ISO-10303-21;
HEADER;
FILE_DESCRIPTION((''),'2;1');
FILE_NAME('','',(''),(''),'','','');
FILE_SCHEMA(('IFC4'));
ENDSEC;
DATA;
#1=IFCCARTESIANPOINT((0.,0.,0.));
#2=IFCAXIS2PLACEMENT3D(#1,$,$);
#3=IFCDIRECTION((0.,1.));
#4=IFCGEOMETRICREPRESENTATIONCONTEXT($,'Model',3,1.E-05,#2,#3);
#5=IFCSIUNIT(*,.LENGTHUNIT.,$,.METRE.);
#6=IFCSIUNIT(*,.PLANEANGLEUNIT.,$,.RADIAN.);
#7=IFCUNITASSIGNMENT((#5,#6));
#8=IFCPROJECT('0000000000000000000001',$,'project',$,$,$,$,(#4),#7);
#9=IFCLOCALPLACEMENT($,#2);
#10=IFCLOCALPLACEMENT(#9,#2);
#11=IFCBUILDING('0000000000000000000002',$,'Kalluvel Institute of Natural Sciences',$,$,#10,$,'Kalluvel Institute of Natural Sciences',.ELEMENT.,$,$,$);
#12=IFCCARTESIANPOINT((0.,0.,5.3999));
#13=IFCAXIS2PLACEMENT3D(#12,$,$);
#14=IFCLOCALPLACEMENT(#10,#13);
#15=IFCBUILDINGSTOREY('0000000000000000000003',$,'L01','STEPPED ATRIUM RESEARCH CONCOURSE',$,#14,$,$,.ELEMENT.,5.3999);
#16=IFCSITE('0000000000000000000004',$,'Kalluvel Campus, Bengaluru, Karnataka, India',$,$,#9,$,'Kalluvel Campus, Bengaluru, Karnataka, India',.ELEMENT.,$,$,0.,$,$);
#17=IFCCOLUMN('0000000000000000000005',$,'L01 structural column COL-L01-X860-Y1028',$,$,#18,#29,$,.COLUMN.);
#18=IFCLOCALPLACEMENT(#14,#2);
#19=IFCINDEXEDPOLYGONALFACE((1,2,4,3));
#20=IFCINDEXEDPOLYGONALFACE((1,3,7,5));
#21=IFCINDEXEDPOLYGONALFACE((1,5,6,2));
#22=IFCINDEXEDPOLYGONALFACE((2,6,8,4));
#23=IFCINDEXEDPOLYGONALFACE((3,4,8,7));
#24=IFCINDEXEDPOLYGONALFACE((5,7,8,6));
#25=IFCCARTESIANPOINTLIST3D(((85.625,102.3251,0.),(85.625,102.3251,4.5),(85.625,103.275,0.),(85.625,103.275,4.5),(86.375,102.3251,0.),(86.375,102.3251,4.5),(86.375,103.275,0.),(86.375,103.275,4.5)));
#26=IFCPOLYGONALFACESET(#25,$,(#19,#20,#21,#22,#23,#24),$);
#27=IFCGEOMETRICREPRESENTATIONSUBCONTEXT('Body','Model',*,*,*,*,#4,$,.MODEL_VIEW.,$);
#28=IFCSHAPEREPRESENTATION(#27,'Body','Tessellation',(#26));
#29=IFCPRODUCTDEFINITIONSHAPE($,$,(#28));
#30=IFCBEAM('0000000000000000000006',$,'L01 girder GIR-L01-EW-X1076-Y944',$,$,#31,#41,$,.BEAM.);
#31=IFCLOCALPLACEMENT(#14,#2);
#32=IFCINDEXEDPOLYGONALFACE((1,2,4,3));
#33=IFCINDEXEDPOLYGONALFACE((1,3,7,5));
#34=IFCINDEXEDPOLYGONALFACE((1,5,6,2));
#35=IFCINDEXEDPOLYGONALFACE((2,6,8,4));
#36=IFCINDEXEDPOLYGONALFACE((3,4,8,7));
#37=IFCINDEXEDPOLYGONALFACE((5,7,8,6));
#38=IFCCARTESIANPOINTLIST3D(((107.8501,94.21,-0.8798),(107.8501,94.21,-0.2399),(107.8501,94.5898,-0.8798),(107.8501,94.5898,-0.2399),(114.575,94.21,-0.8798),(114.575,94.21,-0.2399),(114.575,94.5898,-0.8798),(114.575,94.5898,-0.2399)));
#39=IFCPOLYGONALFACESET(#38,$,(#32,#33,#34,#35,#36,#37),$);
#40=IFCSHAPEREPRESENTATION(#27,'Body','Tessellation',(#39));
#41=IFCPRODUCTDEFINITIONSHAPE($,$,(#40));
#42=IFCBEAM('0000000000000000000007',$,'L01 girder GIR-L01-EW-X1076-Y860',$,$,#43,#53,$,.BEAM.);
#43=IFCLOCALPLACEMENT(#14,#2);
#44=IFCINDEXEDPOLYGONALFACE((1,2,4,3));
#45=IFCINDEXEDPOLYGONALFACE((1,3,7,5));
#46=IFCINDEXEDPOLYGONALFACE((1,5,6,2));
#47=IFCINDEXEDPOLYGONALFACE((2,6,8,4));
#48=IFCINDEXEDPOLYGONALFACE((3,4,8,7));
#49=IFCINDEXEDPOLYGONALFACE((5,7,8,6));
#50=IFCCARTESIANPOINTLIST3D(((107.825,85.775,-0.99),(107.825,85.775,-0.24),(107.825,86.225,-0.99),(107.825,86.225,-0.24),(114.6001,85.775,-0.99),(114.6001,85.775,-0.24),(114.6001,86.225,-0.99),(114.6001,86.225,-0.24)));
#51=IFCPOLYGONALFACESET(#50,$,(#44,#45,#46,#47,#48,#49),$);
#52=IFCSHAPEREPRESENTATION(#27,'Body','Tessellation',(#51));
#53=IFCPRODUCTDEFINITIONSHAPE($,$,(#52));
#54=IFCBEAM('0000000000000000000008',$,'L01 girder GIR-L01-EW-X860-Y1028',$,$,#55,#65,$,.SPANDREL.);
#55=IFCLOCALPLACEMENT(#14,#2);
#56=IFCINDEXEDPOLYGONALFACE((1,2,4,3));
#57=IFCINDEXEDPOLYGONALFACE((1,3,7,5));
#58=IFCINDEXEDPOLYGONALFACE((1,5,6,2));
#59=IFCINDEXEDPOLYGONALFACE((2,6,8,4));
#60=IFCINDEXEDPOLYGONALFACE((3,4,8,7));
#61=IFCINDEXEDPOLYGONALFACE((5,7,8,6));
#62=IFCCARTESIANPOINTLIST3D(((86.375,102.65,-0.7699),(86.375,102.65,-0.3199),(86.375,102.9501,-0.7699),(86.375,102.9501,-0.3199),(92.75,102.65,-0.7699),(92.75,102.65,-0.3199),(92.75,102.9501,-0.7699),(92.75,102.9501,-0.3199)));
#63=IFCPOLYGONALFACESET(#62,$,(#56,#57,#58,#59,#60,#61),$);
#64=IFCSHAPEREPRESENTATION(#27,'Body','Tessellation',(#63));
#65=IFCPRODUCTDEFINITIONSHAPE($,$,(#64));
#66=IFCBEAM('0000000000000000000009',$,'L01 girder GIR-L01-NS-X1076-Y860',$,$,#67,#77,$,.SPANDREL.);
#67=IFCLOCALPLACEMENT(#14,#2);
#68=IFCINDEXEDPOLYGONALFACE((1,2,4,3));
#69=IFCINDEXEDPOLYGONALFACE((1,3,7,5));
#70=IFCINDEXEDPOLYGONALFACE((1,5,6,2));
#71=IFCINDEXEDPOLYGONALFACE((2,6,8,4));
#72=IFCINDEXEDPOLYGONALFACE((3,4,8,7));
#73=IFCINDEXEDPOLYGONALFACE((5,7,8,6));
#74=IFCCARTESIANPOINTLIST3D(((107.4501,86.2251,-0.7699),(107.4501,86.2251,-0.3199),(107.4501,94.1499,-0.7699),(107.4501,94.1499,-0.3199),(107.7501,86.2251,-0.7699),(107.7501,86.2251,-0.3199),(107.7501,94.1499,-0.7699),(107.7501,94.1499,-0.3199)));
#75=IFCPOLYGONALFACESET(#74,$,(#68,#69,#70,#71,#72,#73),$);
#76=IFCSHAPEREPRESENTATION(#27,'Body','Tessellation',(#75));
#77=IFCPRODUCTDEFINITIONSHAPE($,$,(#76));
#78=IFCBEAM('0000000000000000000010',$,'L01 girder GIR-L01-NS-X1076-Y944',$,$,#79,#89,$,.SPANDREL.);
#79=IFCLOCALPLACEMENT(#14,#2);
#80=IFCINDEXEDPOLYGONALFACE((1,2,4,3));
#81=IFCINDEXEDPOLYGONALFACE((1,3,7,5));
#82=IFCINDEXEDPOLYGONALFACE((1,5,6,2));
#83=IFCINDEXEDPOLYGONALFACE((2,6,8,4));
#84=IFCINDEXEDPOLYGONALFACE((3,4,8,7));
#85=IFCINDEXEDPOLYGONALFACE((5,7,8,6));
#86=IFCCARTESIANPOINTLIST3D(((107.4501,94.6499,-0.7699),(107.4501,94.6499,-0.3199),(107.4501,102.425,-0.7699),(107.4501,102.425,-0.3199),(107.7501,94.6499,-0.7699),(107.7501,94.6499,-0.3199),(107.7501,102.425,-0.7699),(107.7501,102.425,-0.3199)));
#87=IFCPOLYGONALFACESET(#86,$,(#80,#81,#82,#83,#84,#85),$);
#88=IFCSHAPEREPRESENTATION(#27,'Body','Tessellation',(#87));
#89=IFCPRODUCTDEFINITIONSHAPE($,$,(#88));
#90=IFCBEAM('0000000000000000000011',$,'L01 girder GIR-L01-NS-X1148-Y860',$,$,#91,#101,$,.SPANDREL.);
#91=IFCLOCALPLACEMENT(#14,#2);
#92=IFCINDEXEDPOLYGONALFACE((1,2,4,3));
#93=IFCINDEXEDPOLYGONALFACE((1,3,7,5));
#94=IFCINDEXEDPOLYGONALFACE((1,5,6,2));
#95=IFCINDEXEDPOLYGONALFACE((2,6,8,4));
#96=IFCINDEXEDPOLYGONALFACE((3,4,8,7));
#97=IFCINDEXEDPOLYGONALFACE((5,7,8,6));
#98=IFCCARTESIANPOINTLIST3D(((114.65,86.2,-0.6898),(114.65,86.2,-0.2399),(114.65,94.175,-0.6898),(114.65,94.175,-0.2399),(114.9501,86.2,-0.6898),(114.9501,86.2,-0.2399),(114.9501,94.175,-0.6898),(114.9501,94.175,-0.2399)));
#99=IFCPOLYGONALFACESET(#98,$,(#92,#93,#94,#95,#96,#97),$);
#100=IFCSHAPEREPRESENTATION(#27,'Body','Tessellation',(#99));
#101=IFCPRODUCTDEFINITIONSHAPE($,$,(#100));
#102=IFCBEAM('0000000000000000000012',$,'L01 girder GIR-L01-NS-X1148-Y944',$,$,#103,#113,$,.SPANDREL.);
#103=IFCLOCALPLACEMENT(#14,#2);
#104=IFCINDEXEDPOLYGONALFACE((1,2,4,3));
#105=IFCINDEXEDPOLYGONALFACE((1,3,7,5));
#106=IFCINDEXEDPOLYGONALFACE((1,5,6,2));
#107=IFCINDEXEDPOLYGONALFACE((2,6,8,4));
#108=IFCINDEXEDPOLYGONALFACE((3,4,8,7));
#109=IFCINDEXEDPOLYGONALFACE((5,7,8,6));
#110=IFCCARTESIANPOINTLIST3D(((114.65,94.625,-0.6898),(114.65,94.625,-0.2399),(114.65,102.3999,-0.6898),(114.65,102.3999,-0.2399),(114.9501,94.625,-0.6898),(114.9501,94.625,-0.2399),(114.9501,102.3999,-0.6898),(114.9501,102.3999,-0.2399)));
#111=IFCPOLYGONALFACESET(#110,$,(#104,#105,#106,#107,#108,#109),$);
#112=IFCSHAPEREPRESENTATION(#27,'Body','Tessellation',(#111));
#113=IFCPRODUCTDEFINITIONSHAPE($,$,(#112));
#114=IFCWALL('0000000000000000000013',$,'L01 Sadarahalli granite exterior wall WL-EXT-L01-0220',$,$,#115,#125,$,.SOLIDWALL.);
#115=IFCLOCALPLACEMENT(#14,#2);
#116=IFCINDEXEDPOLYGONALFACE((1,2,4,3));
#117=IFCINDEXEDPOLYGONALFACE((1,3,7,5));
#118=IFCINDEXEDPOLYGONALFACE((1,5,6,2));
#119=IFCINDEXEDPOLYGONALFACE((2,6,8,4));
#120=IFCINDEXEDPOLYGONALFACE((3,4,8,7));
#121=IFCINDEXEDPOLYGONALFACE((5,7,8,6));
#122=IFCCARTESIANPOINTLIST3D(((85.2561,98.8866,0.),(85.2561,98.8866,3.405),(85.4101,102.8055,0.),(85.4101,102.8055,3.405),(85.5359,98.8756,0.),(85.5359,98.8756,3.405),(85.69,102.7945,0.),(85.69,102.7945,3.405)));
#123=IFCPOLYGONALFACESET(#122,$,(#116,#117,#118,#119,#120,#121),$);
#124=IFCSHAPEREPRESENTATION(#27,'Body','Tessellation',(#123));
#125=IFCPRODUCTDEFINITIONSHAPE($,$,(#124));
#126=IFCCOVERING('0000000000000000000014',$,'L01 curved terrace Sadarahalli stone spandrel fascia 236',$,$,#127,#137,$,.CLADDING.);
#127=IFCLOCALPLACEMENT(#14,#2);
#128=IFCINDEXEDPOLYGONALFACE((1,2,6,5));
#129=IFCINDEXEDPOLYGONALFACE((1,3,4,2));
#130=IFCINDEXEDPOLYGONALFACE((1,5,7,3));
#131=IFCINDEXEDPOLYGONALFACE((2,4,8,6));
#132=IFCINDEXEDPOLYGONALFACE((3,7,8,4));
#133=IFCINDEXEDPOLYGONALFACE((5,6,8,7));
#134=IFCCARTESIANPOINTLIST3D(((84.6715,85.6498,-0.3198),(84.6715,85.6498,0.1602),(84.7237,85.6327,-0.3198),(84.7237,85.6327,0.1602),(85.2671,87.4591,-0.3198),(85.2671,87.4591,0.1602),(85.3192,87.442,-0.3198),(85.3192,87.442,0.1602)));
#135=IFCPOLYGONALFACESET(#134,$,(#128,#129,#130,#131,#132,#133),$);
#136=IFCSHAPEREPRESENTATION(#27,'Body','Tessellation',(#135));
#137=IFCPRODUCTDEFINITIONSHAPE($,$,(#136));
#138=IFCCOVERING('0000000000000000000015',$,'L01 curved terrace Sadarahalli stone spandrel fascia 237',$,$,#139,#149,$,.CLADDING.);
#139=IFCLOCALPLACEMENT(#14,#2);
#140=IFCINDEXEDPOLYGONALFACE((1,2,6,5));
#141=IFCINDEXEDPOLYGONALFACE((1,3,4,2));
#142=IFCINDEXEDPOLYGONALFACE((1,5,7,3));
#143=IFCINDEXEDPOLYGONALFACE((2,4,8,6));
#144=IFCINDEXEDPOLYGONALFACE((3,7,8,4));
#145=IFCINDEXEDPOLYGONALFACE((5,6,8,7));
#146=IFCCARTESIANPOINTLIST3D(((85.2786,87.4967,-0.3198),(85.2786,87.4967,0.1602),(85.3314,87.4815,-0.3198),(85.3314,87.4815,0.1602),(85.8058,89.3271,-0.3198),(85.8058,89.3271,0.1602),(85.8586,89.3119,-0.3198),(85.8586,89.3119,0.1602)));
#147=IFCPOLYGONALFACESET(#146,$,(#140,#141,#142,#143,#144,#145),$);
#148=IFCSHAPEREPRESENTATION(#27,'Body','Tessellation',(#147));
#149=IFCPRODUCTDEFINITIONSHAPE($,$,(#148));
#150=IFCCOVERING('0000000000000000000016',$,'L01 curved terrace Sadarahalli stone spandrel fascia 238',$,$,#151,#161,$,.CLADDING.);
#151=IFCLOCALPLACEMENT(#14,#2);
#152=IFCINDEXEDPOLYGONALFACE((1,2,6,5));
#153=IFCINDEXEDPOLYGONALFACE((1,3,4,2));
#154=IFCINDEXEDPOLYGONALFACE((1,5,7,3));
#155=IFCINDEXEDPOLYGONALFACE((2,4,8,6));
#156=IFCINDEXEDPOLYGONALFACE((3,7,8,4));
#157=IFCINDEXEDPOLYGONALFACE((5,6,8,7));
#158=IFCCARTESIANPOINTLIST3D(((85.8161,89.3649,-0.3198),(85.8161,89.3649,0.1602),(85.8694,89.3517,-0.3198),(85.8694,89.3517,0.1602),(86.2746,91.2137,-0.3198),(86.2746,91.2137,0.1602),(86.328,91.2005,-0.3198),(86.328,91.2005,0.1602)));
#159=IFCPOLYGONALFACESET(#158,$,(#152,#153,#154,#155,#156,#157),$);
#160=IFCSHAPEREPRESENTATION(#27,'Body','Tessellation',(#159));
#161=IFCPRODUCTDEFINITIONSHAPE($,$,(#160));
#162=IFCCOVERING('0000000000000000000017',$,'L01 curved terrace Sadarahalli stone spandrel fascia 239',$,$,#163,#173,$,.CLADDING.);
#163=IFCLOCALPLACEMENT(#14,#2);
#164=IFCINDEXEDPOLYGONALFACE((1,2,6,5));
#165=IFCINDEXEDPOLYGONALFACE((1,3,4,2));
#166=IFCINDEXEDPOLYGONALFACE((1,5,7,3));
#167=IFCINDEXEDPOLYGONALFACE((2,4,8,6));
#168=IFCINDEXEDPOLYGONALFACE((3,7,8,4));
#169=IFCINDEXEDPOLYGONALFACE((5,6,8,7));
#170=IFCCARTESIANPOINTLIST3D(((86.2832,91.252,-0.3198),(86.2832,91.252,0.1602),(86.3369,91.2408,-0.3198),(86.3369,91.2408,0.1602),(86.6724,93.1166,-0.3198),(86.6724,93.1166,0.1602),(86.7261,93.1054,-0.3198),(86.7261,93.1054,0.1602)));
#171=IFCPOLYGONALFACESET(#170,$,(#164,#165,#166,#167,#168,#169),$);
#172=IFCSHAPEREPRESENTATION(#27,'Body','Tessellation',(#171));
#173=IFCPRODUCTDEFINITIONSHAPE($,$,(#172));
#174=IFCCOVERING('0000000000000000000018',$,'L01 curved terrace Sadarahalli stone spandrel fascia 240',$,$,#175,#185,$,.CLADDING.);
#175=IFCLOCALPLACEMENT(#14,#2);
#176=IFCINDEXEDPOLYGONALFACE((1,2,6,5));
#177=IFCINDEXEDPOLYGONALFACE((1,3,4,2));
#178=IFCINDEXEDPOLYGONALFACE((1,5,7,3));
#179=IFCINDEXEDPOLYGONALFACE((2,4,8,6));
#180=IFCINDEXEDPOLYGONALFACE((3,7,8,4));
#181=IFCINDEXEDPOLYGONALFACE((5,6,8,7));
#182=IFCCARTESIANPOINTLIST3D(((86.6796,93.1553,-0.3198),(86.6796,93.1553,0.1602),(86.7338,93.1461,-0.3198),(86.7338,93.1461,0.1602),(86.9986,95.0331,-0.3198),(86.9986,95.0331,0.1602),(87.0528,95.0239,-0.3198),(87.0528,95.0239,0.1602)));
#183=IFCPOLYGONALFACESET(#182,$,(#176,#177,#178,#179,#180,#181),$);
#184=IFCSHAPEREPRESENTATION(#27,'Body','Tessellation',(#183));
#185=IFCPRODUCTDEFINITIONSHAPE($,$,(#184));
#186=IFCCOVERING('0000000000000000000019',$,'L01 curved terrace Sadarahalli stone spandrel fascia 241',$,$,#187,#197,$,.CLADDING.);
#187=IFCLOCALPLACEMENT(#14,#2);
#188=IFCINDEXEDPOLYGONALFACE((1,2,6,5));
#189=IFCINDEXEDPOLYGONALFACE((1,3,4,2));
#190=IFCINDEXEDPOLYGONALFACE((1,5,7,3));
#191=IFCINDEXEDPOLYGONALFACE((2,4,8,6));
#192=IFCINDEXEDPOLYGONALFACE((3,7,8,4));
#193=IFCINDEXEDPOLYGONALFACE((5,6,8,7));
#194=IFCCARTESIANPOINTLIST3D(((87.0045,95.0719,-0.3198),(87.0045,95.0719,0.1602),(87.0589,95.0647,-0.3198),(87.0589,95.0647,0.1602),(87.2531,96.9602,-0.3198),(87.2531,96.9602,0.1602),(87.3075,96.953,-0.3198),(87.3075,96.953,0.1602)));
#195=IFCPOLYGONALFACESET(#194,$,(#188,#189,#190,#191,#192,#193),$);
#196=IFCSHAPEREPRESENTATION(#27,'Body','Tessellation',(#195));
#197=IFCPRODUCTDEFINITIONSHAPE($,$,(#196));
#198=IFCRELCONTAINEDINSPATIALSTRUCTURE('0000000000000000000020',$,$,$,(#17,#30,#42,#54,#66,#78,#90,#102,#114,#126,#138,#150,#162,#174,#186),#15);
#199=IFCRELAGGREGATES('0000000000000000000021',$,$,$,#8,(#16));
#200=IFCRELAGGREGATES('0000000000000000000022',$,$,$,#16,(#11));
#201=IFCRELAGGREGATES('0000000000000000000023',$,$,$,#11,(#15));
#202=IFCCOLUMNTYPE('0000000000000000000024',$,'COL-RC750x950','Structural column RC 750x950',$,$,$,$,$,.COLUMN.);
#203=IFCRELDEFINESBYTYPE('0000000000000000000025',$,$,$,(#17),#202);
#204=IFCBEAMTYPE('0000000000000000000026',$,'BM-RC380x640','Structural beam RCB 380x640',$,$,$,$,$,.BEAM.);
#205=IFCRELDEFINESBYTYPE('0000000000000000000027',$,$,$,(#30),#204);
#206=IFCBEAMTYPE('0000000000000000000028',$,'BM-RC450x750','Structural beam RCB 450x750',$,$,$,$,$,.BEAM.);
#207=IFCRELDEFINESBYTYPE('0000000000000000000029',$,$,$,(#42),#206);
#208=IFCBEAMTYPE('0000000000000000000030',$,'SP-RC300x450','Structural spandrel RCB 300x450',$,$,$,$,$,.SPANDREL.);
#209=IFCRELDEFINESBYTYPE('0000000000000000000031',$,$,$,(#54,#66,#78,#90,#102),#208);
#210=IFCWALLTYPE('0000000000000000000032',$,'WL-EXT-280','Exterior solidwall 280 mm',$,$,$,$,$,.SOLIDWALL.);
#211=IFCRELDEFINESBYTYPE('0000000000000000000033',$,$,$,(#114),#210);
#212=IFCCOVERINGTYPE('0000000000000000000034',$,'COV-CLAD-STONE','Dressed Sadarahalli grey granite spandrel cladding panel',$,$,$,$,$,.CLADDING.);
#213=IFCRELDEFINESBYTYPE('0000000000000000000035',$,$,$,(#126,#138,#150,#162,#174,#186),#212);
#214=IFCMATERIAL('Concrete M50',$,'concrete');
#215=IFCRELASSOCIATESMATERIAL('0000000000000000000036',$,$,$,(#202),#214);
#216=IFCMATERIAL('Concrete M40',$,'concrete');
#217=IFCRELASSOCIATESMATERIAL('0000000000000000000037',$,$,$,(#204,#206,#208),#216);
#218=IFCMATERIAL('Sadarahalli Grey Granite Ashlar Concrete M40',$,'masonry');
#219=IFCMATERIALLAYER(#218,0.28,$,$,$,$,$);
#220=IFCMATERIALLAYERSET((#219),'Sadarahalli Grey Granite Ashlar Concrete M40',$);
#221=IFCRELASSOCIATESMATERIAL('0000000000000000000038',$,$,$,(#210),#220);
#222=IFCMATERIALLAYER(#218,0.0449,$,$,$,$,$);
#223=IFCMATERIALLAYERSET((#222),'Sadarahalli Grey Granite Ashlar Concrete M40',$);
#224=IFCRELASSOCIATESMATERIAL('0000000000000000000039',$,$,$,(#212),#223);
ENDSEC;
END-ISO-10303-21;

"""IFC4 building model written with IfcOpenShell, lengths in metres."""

from ifc_helpers import new_model, si_unit, direction, frame, frame_2d, origin, origin_2d, place, context, subcontext, project, spatial, rectangle, extrude, material, layer, layer_set, material_profile, profile_set, type_object, element, save


model = new_model("IFC4")

# Units and contexts
model_context = context("Model", 3, precision=1e-05, world=origin(), true_north=direction((0.0, 1.0)))
body_context = subcontext(model_context, "Body", "Model", "MODEL_VIEW")
ifc_project = project(units=[si_unit("LENGTHUNIT", "METRE"), si_unit("PLANEANGLEUNIT", "RADIAN")], contexts=[model_context])

# Site, building, storey
site_placement = place(None, origin())
site = spatial("IfcSite", under=ifc_project, at=site_placement, Name="Kalluvel Campus, Bengaluru, Karnataka, India", LongName="Kalluvel Campus, Bengaluru, Karnataka, India", CompositionType="ELEMENT", RefElevation=0.0)
building_placement = place(site_placement, origin())
building = spatial("IfcBuilding", under=site, at=building_placement, Name="Kalluvel Institute of Natural Sciences", LongName="Kalluvel Institute of Natural Sciences", CompositionType="ELEMENT")
storey_placement = place(building_placement, frame((0.0, 0.0, 5.3999)))
storey = spatial("IfcBuildingStorey", under=building, at=storey_placement, Name="L01", Description="STEPPED ATRIUM RESEARCH CONCOURSE", CompositionType="ELEMENT", Elevation=5.3999)

# Column
ifc_material_1 = material(Name="Concrete M50", Category="concrete")
ifc_material_profile_1 = material_profile(ifc_material_1, rectangle(XDim=0.75, YDim=0.95, at=origin_2d()), Name="RC 750x950")
ifc_profile_set_1 = profile_set([ifc_material_profile_1], Name="Concrete M50")
column_type = type_object("IfcColumnType", Name="COL-RC750x950", Description="Structural column RC 750x950", PredefinedType="COLUMN", material=ifc_profile_set_1)
column_placement = place(storey_placement, frame((86.0, 102.8, 0.0), z_axis=(0.0, 0.0, 1.0), x_axis=(1.0, 0.0, 0.0)))
element("IfcColumn", 1, at=column_placement, inside=storey, type_object=column_type, Name="L01 structural column COL-L01-X860-Y1028", PredefinedType="COLUMN", context=body_context, shape_type="SweptSolid", body=[
    extrude(rectangle(XDim=0.75, YDim=0.95, at=origin_2d()), origin(), (0.0, 0.0, 1.0), 4.5),
])

# Beams
ifc_material_2 = material(Name="Concrete M40", Category="concrete")
ifc_material_profile_2 = material_profile(ifc_material_2, rectangle(XDim=0.3799, YDim=0.6399, at=origin_2d()), Name="RCB 380x640")
ifc_profile_set_2 = profile_set([ifc_material_profile_2], Name="Concrete M40")
beam_type_1 = type_object("IfcBeamType", Name="BM-RC380x640", Description="Structural beam RCB 380x640", PredefinedType="BEAM", material=ifc_profile_set_2)
beam_1_placement = place(storey_placement, frame((107.8501, 94.3999, -0.5598), z_axis=(1.0, 0.0, 0.0), x_axis=(0.0, 1.0, 0.0)))
element("IfcBeam", 2, at=beam_1_placement, inside=storey, type_object=beam_type_1, Name="L01 girder GIR-L01-EW-X1076-Y944", PredefinedType="BEAM", context=body_context, shape_type="SweptSolid", body=[
    extrude(rectangle(XDim=0.3799, YDim=0.6399, at=origin_2d()), origin(), (0.0, 0.0, 1.0), 6.7249),
])
ifc_material_profile_3 = material_profile(ifc_material_2, rectangle(XDim=0.45, YDim=0.75, at=origin_2d()), Name="RCB 450x750")
ifc_profile_set_3 = profile_set([ifc_material_profile_3], Name="Concrete M40")
beam_type_2 = type_object("IfcBeamType", Name="BM-RC450x750", Description="Structural beam RCB 450x750", PredefinedType="BEAM", material=ifc_profile_set_3)
beam_2_placement = place(storey_placement, frame((107.825, 86.0, -0.615), z_axis=(1.0, 0.0, 0.0), x_axis=(0.0, 1.0, 0.0)))
element("IfcBeam", 3, at=beam_2_placement, inside=storey, type_object=beam_type_2, Name="L01 girder GIR-L01-EW-X1076-Y860", PredefinedType="BEAM", context=body_context, shape_type="SweptSolid", body=[
    extrude(rectangle(XDim=0.45, YDim=0.75, at=origin_2d()), origin(), (0.0, 0.0, 1.0), 6.7751),
])
ifc_material_profile_4 = material_profile(ifc_material_2, rectangle(XDim=0.3, YDim=0.45, at=origin_2d()), Name="RCB 300x450")
ifc_profile_set_4 = profile_set([ifc_material_profile_4], Name="Concrete M40")
beam_type_3 = type_object("IfcBeamType", Name="SP-RC300x450", Description="Structural spandrel RCB 300x450", PredefinedType="SPANDREL", material=ifc_profile_set_4)
beam_3_placement = place(storey_placement, frame((86.375, 102.8, -0.5449), z_axis=(1.0, 0.0, 0.0), x_axis=(0.0, 1.0, 0.0)))
element("IfcBeam", 4, at=beam_3_placement, inside=storey, type_object=beam_type_3, Name="L01 girder GIR-L01-EW-X860-Y1028", PredefinedType="SPANDREL", context=body_context, shape_type="SweptSolid", body=[
    extrude(rectangle(XDim=0.3, YDim=0.45, at=origin_2d()), origin(), (0.0, 0.0, 1.0), 6.375),
])
beam_4_placement = place(storey_placement, frame((107.6001, 86.2251, -0.5449), z_axis=(0.0, 1.0, 0.0), x_axis=(-1.0, 0.0, 0.0)))
element("IfcBeam", 5, at=beam_4_placement, inside=storey, type_object=beam_type_3, Name="L01 girder GIR-L01-NS-X1076-Y860", PredefinedType="SPANDREL", context=body_context, shape_type="SweptSolid", body=[
    extrude(rectangle(XDim=0.3, YDim=0.45, at=origin_2d()), origin(), (0.0, 0.0, 1.0), 7.9248),
])
beam_5_placement = place(storey_placement, frame((107.6001, 94.6499, -0.5449), z_axis=(0.0, 1.0, 0.0), x_axis=(-1.0, 0.0, 0.0)))
element("IfcBeam", 6, at=beam_5_placement, inside=storey, type_object=beam_type_3, Name="L01 girder GIR-L01-NS-X1076-Y944", PredefinedType="SPANDREL", context=body_context, shape_type="SweptSolid", body=[
    extrude(rectangle(XDim=0.3, YDim=0.45, at=origin_2d()), origin(), (0.0, 0.0, 1.0), 7.7751),
])
beam_6_placement = place(storey_placement, frame((114.8, 86.2, -0.4648), z_axis=(0.0, 1.0, 0.0), x_axis=(-1.0, 0.0, 0.0)))
element("IfcBeam", 7, at=beam_6_placement, inside=storey, type_object=beam_type_3, Name="L01 girder GIR-L01-NS-X1148-Y860", PredefinedType="SPANDREL", context=body_context, shape_type="SweptSolid", body=[
    extrude(rectangle(XDim=0.3, YDim=0.45, at=origin_2d()), origin(), (0.0, 0.0, 1.0), 7.9751),
])
beam_7_placement = place(storey_placement, frame((114.8, 94.625, -0.4648), z_axis=(0.0, 1.0, 0.0), x_axis=(-1.0, 0.0, 0.0)))
element("IfcBeam", 8, at=beam_7_placement, inside=storey, type_object=beam_type_3, Name="L01 girder GIR-L01-NS-X1148-Y944", PredefinedType="SPANDREL", context=body_context, shape_type="SweptSolid", body=[
    extrude(rectangle(XDim=0.3, YDim=0.45, at=origin_2d()), origin(), (0.0, 0.0, 1.0), 7.7749),
])

# Wall
ifc_material_3 = material(Name="Sadarahalli Grey Granite Ashlar Concrete M40", Category="masonry")
ifc_layer_1 = layer(ifc_material_3, 0.28)
ifc_layer_set_1 = layer_set([ifc_layer_1], Name="Sadarahalli Grey Granite Ashlar Concrete M40")
wall_type = type_object("IfcWallType", Name="WL-EXT-280", Description="Exterior solidwall 280 mm", PredefinedType="SOLIDWALL", material=ifc_layer_set_1)
wall_placement = place(storey_placement, frame((85.396, 98.8811, 0.0), z_axis=(0.0, 0.0, 1.0), x_axis=(0.039279, 0.999228, 0.0)))
element("IfcWall", 9, at=wall_placement, inside=storey, type_object=wall_type, Name="L01 Sadarahalli granite exterior wall WL-EXT-L01-0220", PredefinedType="SOLIDWALL", context=body_context, shape_type="SweptSolid", body=[
    extrude(rectangle(XDim=3.9219, YDim=0.28, at=frame_2d((1.9609, 0.0))), origin(), (0.0, 0.0, 1.0), 3.405),
])

# Coverings
ifc_layer_2 = layer(ifc_material_3, 0.0449)
ifc_layer_set_2 = layer_set([ifc_layer_2], Name="Sadarahalli Grey Granite Ashlar Concrete M40")
covering_type = type_object("IfcCoveringType", Name="COV-CLAD-STONE", Description="Dressed Sadarahalli grey granite spandrel cladding panel", PredefinedType="CLADDING", material=ifc_layer_set_2)
for number, where, z_axis, x_axis, name in (
    (10, (84.9954, 86.5459, -0.3198), (0.0, 0.0, 1.0), (0.312667, 0.949863, 0.0), "L01 curved terrace Sadarahalli stone spandrel fascia 236"),
    (11, (85.5686, 88.4043, -0.3198), (0.0, 0.0, 1.0), (0.276812, 0.960924, 0.0), "L01 curved terrace Sadarahalli stone spandrel fascia 237"),
    (12, (86.072, 90.2827, -0.3198), (0.0, 0.0, 1.0), (0.240736, 0.970591, 0.0), "L01 curved terrace Sadarahalli stone spandrel fascia 238"),
    (13, (86.5046, 92.1787, -0.3198), (0.0, 0.0, 1.0), (0.204325, 0.978903, 0.0), "L01 curved terrace Sadarahalli stone spandrel fascia 239"),
    (14, (86.8662, 94.0896, -0.3198), (0.0, 0.0, 1.0), (0.167457, 0.985879, 0.0), "L01 curved terrace Sadarahalli stone spandrel fascia 240"),
):
    element("IfcCovering", number, at=place(storey_placement, frame(where, z_axis=z_axis, x_axis=x_axis)), inside=storey, type_object=covering_type, Name=name, PredefinedType="CLADDING", context=body_context, shape_type="SweptSolid", body=[
        extrude(rectangle(XDim=1.9048, YDim=0.0549, at=origin_2d()), origin(), (0.0, 0.0, 1.0), 0.48),
    ])
covering_1_placement = place(storey_placement, frame((87.156, 96.0125, -0.3198), z_axis=(0.0, 0.0, 1.0), x_axis=(0.130526, 0.991445, 0.0)))
element("IfcCovering", 15, at=covering_1_placement, inside=storey, type_object=covering_type, Name="L01 curved terrace Sadarahalli stone spandrel fascia 241", PredefinedType="CLADDING", context=body_context, shape_type="SweptSolid", body=[
    extrude(rectangle(XDim=1.9045, YDim=0.0549, at=origin_2d()), origin(), (0.0, 0.0, 1.0), 0.48),
])

save(model, "model.ifc")
